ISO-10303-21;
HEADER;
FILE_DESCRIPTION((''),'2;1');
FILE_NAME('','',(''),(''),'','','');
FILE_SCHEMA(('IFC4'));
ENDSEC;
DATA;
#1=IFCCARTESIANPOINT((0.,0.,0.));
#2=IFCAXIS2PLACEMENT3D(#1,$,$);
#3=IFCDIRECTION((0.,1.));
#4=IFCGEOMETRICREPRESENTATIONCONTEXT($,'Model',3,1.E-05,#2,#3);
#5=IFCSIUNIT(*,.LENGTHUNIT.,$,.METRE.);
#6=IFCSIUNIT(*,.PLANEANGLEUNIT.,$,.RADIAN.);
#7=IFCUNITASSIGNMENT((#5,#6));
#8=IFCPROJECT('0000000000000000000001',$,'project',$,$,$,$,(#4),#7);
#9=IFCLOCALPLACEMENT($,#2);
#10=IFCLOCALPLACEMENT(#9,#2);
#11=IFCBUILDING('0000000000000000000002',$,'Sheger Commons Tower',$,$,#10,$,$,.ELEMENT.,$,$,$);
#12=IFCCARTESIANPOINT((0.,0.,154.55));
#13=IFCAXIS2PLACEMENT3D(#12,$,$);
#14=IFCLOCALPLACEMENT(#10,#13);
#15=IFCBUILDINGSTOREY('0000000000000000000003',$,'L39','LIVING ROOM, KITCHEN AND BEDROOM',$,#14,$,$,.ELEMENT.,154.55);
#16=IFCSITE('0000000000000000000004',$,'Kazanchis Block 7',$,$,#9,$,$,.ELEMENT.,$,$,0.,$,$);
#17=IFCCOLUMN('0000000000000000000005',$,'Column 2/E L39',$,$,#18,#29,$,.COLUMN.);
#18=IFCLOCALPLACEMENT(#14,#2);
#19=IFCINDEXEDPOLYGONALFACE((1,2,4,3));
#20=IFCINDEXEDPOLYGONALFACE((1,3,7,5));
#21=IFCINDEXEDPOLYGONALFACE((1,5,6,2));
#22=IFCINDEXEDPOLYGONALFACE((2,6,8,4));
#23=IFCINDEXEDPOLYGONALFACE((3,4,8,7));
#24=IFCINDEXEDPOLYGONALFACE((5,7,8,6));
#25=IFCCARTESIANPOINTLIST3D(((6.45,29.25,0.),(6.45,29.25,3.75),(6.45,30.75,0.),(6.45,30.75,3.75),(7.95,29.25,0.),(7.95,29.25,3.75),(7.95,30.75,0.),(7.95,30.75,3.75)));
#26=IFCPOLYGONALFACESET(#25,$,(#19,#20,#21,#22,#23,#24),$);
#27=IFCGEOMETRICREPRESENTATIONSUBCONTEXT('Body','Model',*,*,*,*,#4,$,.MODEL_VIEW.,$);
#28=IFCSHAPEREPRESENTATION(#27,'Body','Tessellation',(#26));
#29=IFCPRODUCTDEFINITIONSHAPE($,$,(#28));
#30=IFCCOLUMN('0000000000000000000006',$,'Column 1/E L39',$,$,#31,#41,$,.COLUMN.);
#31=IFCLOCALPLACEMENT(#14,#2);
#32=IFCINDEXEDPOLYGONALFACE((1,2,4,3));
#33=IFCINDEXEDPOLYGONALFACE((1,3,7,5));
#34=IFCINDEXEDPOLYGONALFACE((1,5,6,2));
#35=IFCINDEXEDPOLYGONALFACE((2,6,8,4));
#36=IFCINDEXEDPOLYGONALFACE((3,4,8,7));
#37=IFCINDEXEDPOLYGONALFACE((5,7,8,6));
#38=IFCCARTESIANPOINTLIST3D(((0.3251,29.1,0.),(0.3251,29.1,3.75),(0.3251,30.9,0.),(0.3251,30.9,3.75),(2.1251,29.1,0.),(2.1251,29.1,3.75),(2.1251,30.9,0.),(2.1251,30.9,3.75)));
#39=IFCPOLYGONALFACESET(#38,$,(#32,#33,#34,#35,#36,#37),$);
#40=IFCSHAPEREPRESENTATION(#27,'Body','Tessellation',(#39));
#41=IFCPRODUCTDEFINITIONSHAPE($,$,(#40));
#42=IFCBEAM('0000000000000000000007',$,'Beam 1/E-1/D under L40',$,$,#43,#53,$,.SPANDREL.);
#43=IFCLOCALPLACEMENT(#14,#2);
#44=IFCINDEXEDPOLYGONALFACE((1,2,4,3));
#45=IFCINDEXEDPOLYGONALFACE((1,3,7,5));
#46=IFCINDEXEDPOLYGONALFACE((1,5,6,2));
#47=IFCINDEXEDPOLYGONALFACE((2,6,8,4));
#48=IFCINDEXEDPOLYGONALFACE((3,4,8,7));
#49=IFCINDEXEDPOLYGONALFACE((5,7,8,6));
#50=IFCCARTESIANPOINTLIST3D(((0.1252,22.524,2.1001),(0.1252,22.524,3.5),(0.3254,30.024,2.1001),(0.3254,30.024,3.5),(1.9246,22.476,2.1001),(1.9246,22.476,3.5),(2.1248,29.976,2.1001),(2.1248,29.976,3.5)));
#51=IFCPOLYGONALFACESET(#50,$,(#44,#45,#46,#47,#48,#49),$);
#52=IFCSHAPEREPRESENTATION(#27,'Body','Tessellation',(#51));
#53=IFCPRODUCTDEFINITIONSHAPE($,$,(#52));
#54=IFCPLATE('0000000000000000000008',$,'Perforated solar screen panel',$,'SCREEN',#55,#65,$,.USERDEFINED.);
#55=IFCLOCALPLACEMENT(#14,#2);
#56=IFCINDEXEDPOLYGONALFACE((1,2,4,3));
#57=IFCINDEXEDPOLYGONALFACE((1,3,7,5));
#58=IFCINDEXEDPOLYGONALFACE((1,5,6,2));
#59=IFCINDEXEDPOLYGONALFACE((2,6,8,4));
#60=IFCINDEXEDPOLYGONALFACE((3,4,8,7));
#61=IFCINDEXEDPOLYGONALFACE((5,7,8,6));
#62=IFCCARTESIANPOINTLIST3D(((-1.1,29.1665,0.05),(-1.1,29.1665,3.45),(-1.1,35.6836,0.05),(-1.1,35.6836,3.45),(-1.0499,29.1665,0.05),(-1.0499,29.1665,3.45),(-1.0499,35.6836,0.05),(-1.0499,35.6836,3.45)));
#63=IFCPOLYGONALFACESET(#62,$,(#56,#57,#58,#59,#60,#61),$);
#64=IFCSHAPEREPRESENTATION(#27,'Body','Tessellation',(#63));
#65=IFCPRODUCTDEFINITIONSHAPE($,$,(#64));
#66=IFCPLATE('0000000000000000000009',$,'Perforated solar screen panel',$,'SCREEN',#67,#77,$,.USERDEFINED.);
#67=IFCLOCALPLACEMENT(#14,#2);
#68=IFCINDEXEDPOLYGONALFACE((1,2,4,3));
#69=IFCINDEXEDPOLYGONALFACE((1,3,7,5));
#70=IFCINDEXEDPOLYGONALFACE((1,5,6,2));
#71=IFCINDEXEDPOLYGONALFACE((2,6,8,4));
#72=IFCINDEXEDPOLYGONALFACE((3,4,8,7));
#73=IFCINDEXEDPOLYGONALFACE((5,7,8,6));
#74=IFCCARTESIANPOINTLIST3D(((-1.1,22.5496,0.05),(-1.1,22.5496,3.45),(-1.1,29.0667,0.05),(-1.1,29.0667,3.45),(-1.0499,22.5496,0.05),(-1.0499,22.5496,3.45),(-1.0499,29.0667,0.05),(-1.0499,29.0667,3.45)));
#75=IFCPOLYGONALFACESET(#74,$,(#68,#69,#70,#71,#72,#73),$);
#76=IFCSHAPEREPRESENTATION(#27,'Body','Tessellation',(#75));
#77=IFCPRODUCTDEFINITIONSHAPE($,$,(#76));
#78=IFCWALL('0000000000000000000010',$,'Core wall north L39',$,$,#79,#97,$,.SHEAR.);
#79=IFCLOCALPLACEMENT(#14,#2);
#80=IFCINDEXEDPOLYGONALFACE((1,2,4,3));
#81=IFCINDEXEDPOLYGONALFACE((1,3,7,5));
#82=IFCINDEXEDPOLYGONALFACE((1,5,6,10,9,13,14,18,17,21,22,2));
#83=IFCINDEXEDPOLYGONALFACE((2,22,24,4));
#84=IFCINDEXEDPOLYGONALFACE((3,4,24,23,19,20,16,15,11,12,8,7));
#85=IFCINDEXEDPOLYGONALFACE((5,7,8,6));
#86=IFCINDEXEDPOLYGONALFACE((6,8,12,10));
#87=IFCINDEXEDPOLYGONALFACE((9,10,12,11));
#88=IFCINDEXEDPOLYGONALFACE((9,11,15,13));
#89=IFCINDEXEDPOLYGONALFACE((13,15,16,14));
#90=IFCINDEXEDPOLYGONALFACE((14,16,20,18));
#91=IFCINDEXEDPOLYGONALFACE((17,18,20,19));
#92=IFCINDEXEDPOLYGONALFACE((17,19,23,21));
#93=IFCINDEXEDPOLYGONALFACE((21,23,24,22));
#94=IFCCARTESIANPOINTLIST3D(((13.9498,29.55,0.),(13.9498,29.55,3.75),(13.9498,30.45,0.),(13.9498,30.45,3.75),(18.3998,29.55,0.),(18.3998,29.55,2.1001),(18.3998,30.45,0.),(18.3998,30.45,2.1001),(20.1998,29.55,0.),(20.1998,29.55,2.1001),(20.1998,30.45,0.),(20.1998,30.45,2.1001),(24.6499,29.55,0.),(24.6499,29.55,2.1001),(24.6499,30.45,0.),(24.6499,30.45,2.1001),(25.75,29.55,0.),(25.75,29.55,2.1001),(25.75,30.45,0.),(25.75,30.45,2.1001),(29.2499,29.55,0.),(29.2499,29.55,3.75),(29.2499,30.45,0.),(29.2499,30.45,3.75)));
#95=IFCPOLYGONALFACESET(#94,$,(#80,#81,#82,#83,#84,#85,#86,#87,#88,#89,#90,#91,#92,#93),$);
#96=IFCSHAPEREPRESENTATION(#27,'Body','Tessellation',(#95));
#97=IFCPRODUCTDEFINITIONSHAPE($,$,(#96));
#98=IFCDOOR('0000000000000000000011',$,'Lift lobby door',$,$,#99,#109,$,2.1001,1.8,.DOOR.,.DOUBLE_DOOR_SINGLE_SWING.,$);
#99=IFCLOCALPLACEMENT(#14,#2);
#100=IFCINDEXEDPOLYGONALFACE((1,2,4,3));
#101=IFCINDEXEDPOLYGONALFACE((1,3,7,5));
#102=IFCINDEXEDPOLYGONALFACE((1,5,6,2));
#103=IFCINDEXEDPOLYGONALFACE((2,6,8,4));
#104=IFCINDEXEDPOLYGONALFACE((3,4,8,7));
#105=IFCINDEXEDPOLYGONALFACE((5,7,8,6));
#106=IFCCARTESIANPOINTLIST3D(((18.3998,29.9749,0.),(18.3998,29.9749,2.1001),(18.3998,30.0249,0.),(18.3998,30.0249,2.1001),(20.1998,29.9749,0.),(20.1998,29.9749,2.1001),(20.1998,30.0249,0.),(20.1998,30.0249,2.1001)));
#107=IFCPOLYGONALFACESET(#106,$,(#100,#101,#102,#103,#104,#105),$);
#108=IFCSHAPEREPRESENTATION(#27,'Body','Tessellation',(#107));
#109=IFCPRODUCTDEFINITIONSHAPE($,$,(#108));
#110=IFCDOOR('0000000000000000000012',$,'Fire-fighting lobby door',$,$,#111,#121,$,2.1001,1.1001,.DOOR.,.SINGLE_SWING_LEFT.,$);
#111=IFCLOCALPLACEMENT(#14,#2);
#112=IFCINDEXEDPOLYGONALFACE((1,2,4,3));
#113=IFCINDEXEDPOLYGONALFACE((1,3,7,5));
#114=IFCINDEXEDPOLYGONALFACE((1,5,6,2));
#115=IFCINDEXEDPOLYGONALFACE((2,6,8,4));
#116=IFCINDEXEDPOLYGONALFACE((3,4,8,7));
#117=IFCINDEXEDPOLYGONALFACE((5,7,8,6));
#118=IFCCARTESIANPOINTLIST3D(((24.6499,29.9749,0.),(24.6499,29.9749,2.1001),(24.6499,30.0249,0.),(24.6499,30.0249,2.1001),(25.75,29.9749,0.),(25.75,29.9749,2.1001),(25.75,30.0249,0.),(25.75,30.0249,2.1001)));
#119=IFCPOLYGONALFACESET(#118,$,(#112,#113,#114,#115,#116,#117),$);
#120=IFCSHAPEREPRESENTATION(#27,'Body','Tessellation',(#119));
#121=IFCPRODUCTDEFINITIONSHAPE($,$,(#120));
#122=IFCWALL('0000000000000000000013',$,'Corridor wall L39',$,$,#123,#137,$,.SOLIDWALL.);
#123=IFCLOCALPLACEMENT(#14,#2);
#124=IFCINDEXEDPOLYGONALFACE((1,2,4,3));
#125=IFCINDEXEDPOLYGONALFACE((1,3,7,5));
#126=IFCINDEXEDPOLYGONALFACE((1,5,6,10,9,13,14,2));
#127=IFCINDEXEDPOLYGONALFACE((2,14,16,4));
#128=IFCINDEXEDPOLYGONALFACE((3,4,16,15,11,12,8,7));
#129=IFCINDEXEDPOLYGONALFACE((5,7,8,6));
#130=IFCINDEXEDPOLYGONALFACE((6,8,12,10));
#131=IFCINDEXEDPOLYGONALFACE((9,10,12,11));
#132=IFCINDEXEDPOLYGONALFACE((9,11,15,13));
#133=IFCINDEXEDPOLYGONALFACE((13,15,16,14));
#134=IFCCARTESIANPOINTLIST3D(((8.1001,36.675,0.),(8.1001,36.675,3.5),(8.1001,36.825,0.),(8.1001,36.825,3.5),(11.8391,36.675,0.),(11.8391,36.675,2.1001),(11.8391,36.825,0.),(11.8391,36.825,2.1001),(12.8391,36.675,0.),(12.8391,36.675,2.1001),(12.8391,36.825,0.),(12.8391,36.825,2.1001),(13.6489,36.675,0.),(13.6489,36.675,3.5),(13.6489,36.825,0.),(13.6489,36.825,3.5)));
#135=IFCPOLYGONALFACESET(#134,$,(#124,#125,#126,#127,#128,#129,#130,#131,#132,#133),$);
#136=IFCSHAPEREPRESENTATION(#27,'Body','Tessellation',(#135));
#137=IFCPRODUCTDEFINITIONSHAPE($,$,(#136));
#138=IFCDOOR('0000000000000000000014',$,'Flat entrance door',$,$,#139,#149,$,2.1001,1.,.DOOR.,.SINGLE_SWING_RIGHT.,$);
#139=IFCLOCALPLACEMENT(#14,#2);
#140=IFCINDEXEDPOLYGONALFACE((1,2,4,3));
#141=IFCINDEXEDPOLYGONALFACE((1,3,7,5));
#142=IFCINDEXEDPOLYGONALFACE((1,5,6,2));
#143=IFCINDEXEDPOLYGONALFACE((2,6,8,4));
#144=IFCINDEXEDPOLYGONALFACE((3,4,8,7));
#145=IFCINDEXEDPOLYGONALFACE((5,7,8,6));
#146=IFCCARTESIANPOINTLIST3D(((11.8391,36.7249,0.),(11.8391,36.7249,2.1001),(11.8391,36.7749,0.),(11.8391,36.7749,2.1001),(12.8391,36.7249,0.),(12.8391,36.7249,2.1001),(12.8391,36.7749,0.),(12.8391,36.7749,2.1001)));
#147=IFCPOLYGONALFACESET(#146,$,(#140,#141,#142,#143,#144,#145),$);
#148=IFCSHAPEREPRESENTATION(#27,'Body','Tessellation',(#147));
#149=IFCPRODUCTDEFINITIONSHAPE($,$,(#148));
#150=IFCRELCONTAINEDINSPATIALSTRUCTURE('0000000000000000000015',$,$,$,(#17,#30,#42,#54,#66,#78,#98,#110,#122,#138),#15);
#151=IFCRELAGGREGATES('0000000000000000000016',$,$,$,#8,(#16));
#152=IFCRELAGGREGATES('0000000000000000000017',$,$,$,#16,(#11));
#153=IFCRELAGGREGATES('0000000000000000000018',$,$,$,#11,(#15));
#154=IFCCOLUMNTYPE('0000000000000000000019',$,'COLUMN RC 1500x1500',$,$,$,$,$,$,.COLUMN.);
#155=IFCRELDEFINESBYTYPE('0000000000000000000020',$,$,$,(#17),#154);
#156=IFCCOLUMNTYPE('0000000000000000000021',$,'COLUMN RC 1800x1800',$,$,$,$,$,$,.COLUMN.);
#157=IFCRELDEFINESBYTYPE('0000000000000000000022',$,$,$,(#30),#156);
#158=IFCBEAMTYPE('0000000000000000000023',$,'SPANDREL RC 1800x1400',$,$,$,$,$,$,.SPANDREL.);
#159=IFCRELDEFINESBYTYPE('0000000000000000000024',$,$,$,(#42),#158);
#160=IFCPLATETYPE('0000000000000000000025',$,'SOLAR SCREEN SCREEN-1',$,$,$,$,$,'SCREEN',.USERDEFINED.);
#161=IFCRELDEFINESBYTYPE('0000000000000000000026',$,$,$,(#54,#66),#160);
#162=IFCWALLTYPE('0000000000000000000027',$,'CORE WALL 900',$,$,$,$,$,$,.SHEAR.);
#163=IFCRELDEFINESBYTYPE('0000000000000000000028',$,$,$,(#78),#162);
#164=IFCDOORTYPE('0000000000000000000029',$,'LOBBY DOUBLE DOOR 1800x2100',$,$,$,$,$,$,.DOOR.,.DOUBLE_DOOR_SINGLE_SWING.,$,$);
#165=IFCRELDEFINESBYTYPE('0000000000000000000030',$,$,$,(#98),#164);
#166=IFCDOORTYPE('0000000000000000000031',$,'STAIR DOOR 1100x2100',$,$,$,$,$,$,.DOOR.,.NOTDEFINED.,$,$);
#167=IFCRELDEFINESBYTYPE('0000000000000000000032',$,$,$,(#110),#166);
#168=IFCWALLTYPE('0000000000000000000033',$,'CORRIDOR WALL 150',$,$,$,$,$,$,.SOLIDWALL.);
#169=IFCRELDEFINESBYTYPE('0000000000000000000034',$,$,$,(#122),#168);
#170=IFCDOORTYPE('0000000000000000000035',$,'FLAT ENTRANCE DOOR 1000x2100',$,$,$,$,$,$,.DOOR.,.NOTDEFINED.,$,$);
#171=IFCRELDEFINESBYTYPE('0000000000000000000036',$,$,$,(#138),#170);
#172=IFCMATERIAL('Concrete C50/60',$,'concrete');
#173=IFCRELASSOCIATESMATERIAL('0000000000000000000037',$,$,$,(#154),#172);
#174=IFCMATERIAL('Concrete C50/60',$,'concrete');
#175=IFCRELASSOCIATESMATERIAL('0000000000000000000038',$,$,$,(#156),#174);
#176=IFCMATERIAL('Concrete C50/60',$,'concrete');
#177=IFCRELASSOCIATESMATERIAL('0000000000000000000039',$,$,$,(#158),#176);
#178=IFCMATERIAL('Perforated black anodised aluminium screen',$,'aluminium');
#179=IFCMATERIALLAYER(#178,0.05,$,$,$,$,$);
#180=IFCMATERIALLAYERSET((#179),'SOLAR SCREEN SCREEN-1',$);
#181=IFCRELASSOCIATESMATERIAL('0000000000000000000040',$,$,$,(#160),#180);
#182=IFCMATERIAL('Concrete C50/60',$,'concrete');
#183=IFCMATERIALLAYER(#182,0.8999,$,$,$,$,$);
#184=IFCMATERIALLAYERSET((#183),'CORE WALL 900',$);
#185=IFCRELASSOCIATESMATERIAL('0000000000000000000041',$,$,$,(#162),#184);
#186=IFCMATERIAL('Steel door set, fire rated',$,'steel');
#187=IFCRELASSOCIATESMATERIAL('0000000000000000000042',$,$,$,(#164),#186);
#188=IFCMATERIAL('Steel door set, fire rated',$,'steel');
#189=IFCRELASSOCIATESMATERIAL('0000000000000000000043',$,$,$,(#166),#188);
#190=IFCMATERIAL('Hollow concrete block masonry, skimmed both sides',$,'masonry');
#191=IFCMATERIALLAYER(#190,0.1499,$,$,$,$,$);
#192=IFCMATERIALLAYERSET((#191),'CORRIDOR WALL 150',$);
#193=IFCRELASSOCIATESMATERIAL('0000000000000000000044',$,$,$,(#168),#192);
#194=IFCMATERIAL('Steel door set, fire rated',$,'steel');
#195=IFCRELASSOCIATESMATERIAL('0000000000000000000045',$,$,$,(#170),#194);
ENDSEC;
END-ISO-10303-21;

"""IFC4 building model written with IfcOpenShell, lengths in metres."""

from ifc_helpers import new_model, si_unit, direction, frame, frame_2d, origin, origin_2d, place, context, subcontext, project, spatial, rectangle, extrude, material, layer, layer_set, material_profile, profile_set, type_object, element, fill, save


model = new_model("IFC4")

# Units and contexts
model_context = context("Model", 3, precision=1e-05, world=origin(), true_north=direction((0.0, 1.0)))
body_context = subcontext(model_context, "Body", "Model", "MODEL_VIEW")
ifc_project = project(units=[si_unit("LENGTHUNIT", "METRE"), si_unit("PLANEANGLEUNIT", "RADIAN")], contexts=[model_context])

# Site, building, storey
site_placement = place(None, origin())
site = spatial("IfcSite", under=ifc_project, at=site_placement, Name="Kazanchis Block 7", CompositionType="ELEMENT", RefElevation=0.0)
building_placement = place(site_placement, origin())
building = spatial("IfcBuilding", under=site, at=building_placement, Name="Sheger Commons Tower", CompositionType="ELEMENT")
storey_placement = place(building_placement, frame((0.0, 0.0, 154.55)))
storey = spatial("IfcBuildingStorey", under=building, at=storey_placement, Name="L39", Description="LIVING ROOM, KITCHEN AND BEDROOM", CompositionType="ELEMENT", Elevation=154.55)

# Columns
ifc_material_1 = material(Name="Concrete C50/60", Category="concrete")
ifc_material_profile_1 = material_profile(ifc_material_1, rectangle(XDim=1.5, YDim=1.5, at=origin_2d()), Name="RC 1500x1500")
ifc_profile_set_1 = profile_set([ifc_material_profile_1], Name="Concrete C50/60")
column_type_1 = type_object("IfcColumnType", Name="COLUMN RC 1500x1500", PredefinedType="COLUMN", material=ifc_profile_set_1)
column_1_placement = place(storey_placement, frame((7.2, 30.0, 0.0), z_axis=(0.0, 0.0, 1.0), x_axis=(1.0, 0.0, 0.0)))
element("IfcColumn", 1, at=column_1_placement, inside=storey, type_object=column_type_1, Name="Column 2/E L39", PredefinedType="COLUMN", context=body_context, shape_type="SweptSolid", body=[
    extrude(rectangle(XDim=1.5, YDim=1.5, at=origin_2d()), origin(), (0.0, 0.0, 1.0), 3.75),
])
ifc_material_2 = material(Name="Concrete C50/60", Category="concrete")
ifc_material_profile_2 = material_profile(ifc_material_2, rectangle(XDim=1.8, YDim=1.8, at=origin_2d()), Name="RC 1800x1800")
ifc_profile_set_2 = profile_set([ifc_material_profile_2], Name="Concrete C50/60")
column_type_2 = type_object("IfcColumnType", Name="COLUMN RC 1800x1800", PredefinedType="COLUMN", material=ifc_profile_set_2)
column_2_placement = place(storey_placement, frame((1.2251, 30.0, 0.0), z_axis=(0.0, 0.0, 1.0), x_axis=(1.0, 0.0, 0.0)))
element("IfcColumn", 2, at=column_2_placement, inside=storey, type_object=column_type_2, Name="Column 1/E L39", PredefinedType="COLUMN", context=body_context, shape_type="SweptSolid", body=[
    extrude(rectangle(XDim=1.8, YDim=1.8, at=origin_2d()), origin(), (0.0, 0.0, 1.0), 3.75),
])

# Beam
ifc_material_3 = material(Name="Concrete C50/60", Category="concrete")
ifc_material_profile_3 = material_profile(ifc_material_3, rectangle(XDim=1.8, YDim=1.3999, at=origin_2d()), Name="RC 1800x1400")
ifc_profile_set_3 = profile_set([ifc_material_profile_3], Name="Concrete C50/60")
beam_type = type_object("IfcBeamType", Name="SPANDREL RC 1800x1400", PredefinedType="SPANDREL", material=ifc_profile_set_3)
beam_placement = place(storey_placement, frame((1.2251, 30.0, 2.8), z_axis=(-0.026683, -0.999644, 0.0), x_axis=(0.999644, -0.026683, 0.0)))
element("IfcBeam", 3, at=beam_placement, inside=storey, type_object=beam_type, Name="Beam 1/E-1/D under L40", PredefinedType="SPANDREL", context=body_context, shape_type="SweptSolid", body=[
    extrude(rectangle(XDim=1.8, YDim=1.3999, at=origin_2d()), origin(), (0.0, 0.0, 1.0), 7.5027),
])

# Plates
ifc_material_4 = material(Name="Perforated black anodised aluminium screen", Category="aluminium")
ifc_layer_1 = layer(ifc_material_4, 0.05)
ifc_layer_set_1 = layer_set([ifc_layer_1], Name="SOLAR SCREEN SCREEN-1")
plate_type = type_object("IfcPlateType", Name="SOLAR SCREEN SCREEN-1", ElementType="SCREEN", PredefinedType="USERDEFINED", material=ifc_layer_set_1)
for number, where, z_axis, x_axis, name in (
    (4, (-1.075, 32.425, 0.05), (0.0, 0.0, 1.0), (0.0, -1.0, 0.0), "Perforated solar screen panel"),
    (5, (-1.075, 25.8081, 0.05), (0.0, 0.0, 1.0), (0.0, -1.0, 0.0), "Perforated solar screen panel"),
):
    element("IfcPlate", number, at=place(storey_placement, frame(where, z_axis=z_axis, x_axis=x_axis)), inside=storey, type_object=plate_type, Name=name, ObjectType="SCREEN", PredefinedType="USERDEFINED", context=body_context, shape_type="SweptSolid", body=[
        extrude(rectangle(XDim=6.5171, YDim=0.05, at=origin_2d()), origin(), (0.0, 0.0, 1.0), 3.3999),
    ])

# Wall, openings, doors
ifc_material_5 = material(Name="Concrete C50/60", Category="concrete")
ifc_layer_2 = layer(ifc_material_5, 0.8999)
ifc_layer_set_2 = layer_set([ifc_layer_2], Name="CORE WALL 900")
wall_type_1 = type_object("IfcWallType", Name="CORE WALL 900", PredefinedType="SHEAR", material=ifc_layer_set_2)
wall_1_placement = place(storey_placement, frame((13.95, 30.0, 0.0), z_axis=(0.0, 0.0, 1.0), x_axis=(1.0, 0.0, 0.0)))
wall_1 = element("IfcWall", 6, at=wall_1_placement, inside=storey, type_object=wall_type_1, Name="Core wall north L39", PredefinedType="SHEAR", context=body_context, shape_type="SweptSolid", body=[
    extrude(rectangle(XDim=15.3, YDim=0.8999, at=frame_2d((7.6499, 0.0))), origin(), (0.0, 0.0, 1.0), 3.75),
])
opening_1_placement = place(wall_1_placement, frame((4.45, 0.0, 0.0)))
opening_1 = element("IfcOpeningElement", 7, at=opening_1_placement, cuts=wall_1, PredefinedType="OPENING", context=body_context, shape_type="SweptSolid", body=[
    extrude(rectangle(XDim=1.8, YDim=2.1001, at=frame_2d((0.8999, 1.05))), frame((0.0, 0.46, 0.0), z_axis=(0.0, -1.0, 0.0), x_axis=(1.0, 0.0, 0.0)), (0.0, 0.0, 1.0), 0.9199),
])
opening_2_placement = place(wall_1_placement, frame((10.7, 0.0, 0.0)))
opening_2 = element("IfcOpeningElement", 8, at=opening_2_placement, cuts=wall_1, PredefinedType="OPENING", context=body_context, shape_type="SweptSolid", body=[
    extrude(rectangle(XDim=1.1001, YDim=2.1001, at=frame_2d((0.55, 1.05))), frame((0.0, 0.46, 0.0), z_axis=(0.0, -1.0, 0.0), x_axis=(1.0, 0.0, 0.0)), (0.0, 0.0, 1.0), 0.9199),
])
ifc_material_6 = material(Name="Steel door set, fire rated", Category="steel")
door_type_1 = type_object("IfcDoorType", Name="LOBBY DOUBLE DOOR 1800x2100", OperationType="DOUBLE_DOOR_SINGLE_SWING", PredefinedType="DOOR", material=ifc_material_6)
door_1_placement = place(opening_1_placement, origin())
door_1 = element("IfcDoor", 9, at=door_1_placement, inside=storey, type_object=door_type_1, Name="Lift lobby door", OperationType="DOUBLE_DOOR_SINGLE_SWING", OverallHeight=2.1001, OverallWidth=1.8, PredefinedType="DOOR", context=body_context, shape_type="SweptSolid", body=[
    extrude(rectangle(XDim=1.8, YDim=2.1001, at=frame_2d((0.8999, 1.05))), frame((0.0, 0.0249, 0.0), z_axis=(0.0, -1.0, 0.0), x_axis=(1.0, 0.0, 0.0)), (0.0, 0.0, 1.0), 0.05),
])
fill(opening_1, door_1)
ifc_material_7 = material(Name="Steel door set, fire rated", Category="steel")
door_type_2 = type_object("IfcDoorType", Name="STAIR DOOR 1100x2100", OperationType="NOTDEFINED", PredefinedType="DOOR", material=ifc_material_7)
door_2_placement = place(opening_2_placement, origin())
door_2 = element("IfcDoor", 10, at=door_2_placement, inside=storey, type_object=door_type_2, Name="Fire-fighting lobby door", OperationType="SINGLE_SWING_LEFT", OverallHeight=2.1001, OverallWidth=1.1001, PredefinedType="DOOR", context=body_context, shape_type="SweptSolid", body=[
    extrude(rectangle(XDim=1.1001, YDim=2.1001, at=frame_2d((0.55, 1.05))), frame((0.0, 0.0249, 0.0), z_axis=(0.0, -1.0, 0.0), x_axis=(1.0, 0.0, 0.0)), (0.0, 0.0, 1.0), 0.05),
])
fill(opening_2, door_2)

# Wall, opening, door
ifc_material_8 = material(Name="Hollow concrete block masonry, skimmed both sides", Category="masonry")
ifc_layer_3 = layer(ifc_material_8, 0.1499)
ifc_layer_set_3 = layer_set([ifc_layer_3], Name="CORRIDOR WALL 150")
wall_type_2 = type_object("IfcWallType", Name="CORRIDOR WALL 150", PredefinedType="SOLIDWALL", material=ifc_layer_set_3)
wall_2_placement = place(storey_placement, frame((8.1001, 36.75, 0.0), z_axis=(0.0, 0.0, 1.0), x_axis=(1.0, 0.0, 0.0)))
wall_2 = element("IfcWall", 11, at=wall_2_placement, inside=storey, type_object=wall_type_2, Name="Corridor wall L39", PredefinedType="SOLIDWALL", context=body_context, shape_type="SweptSolid", body=[
    extrude(rectangle(XDim=5.5488, YDim=0.1499, at=frame_2d((2.7744, 0.0))), origin(), (0.0, 0.0, 1.0), 3.5),
])
opening_3_placement = place(wall_2_placement, frame((3.739, 0.0, 0.0)))
opening_3 = element("IfcOpeningElement", 12, at=opening_3_placement, cuts=wall_2, PredefinedType="OPENING", context=body_context, shape_type="SweptSolid", body=[
    extrude(rectangle(XDim=1.0, YDim=2.1001, at=frame_2d((0.5, 1.05))), frame((0.0, 0.085, 0.0), z_axis=(0.0, -1.0, 0.0), x_axis=(1.0, 0.0, 0.0)), (0.0, 0.0, 1.0), 0.1699),
])
ifc_material_9 = material(Name="Steel door set, fire rated", Category="steel")
door_type_3 = type_object("IfcDoorType", Name="FLAT ENTRANCE DOOR 1000x2100", OperationType="NOTDEFINED", PredefinedType="DOOR", material=ifc_material_9)
door_3_placement = place(opening_3_placement, origin())
door_3 = element("IfcDoor", 13, at=door_3_placement, inside=storey, type_object=door_type_3, Name="Flat entrance door", OperationType="SINGLE_SWING_RIGHT", OverallHeight=2.1001, OverallWidth=1.0, PredefinedType="DOOR", context=body_context, shape_type="SweptSolid", body=[
    extrude(rectangle(XDim=1.0, YDim=2.1001, at=frame_2d((0.5, 1.05))), frame((0.0, 0.0249, 0.0), z_axis=(0.0, -1.0, 0.0), x_axis=(1.0, 0.0, 0.0)), (0.0, 0.0, 1.0), 0.05),
])
fill(opening_3, door_3)

save(model, "model.ifc")
